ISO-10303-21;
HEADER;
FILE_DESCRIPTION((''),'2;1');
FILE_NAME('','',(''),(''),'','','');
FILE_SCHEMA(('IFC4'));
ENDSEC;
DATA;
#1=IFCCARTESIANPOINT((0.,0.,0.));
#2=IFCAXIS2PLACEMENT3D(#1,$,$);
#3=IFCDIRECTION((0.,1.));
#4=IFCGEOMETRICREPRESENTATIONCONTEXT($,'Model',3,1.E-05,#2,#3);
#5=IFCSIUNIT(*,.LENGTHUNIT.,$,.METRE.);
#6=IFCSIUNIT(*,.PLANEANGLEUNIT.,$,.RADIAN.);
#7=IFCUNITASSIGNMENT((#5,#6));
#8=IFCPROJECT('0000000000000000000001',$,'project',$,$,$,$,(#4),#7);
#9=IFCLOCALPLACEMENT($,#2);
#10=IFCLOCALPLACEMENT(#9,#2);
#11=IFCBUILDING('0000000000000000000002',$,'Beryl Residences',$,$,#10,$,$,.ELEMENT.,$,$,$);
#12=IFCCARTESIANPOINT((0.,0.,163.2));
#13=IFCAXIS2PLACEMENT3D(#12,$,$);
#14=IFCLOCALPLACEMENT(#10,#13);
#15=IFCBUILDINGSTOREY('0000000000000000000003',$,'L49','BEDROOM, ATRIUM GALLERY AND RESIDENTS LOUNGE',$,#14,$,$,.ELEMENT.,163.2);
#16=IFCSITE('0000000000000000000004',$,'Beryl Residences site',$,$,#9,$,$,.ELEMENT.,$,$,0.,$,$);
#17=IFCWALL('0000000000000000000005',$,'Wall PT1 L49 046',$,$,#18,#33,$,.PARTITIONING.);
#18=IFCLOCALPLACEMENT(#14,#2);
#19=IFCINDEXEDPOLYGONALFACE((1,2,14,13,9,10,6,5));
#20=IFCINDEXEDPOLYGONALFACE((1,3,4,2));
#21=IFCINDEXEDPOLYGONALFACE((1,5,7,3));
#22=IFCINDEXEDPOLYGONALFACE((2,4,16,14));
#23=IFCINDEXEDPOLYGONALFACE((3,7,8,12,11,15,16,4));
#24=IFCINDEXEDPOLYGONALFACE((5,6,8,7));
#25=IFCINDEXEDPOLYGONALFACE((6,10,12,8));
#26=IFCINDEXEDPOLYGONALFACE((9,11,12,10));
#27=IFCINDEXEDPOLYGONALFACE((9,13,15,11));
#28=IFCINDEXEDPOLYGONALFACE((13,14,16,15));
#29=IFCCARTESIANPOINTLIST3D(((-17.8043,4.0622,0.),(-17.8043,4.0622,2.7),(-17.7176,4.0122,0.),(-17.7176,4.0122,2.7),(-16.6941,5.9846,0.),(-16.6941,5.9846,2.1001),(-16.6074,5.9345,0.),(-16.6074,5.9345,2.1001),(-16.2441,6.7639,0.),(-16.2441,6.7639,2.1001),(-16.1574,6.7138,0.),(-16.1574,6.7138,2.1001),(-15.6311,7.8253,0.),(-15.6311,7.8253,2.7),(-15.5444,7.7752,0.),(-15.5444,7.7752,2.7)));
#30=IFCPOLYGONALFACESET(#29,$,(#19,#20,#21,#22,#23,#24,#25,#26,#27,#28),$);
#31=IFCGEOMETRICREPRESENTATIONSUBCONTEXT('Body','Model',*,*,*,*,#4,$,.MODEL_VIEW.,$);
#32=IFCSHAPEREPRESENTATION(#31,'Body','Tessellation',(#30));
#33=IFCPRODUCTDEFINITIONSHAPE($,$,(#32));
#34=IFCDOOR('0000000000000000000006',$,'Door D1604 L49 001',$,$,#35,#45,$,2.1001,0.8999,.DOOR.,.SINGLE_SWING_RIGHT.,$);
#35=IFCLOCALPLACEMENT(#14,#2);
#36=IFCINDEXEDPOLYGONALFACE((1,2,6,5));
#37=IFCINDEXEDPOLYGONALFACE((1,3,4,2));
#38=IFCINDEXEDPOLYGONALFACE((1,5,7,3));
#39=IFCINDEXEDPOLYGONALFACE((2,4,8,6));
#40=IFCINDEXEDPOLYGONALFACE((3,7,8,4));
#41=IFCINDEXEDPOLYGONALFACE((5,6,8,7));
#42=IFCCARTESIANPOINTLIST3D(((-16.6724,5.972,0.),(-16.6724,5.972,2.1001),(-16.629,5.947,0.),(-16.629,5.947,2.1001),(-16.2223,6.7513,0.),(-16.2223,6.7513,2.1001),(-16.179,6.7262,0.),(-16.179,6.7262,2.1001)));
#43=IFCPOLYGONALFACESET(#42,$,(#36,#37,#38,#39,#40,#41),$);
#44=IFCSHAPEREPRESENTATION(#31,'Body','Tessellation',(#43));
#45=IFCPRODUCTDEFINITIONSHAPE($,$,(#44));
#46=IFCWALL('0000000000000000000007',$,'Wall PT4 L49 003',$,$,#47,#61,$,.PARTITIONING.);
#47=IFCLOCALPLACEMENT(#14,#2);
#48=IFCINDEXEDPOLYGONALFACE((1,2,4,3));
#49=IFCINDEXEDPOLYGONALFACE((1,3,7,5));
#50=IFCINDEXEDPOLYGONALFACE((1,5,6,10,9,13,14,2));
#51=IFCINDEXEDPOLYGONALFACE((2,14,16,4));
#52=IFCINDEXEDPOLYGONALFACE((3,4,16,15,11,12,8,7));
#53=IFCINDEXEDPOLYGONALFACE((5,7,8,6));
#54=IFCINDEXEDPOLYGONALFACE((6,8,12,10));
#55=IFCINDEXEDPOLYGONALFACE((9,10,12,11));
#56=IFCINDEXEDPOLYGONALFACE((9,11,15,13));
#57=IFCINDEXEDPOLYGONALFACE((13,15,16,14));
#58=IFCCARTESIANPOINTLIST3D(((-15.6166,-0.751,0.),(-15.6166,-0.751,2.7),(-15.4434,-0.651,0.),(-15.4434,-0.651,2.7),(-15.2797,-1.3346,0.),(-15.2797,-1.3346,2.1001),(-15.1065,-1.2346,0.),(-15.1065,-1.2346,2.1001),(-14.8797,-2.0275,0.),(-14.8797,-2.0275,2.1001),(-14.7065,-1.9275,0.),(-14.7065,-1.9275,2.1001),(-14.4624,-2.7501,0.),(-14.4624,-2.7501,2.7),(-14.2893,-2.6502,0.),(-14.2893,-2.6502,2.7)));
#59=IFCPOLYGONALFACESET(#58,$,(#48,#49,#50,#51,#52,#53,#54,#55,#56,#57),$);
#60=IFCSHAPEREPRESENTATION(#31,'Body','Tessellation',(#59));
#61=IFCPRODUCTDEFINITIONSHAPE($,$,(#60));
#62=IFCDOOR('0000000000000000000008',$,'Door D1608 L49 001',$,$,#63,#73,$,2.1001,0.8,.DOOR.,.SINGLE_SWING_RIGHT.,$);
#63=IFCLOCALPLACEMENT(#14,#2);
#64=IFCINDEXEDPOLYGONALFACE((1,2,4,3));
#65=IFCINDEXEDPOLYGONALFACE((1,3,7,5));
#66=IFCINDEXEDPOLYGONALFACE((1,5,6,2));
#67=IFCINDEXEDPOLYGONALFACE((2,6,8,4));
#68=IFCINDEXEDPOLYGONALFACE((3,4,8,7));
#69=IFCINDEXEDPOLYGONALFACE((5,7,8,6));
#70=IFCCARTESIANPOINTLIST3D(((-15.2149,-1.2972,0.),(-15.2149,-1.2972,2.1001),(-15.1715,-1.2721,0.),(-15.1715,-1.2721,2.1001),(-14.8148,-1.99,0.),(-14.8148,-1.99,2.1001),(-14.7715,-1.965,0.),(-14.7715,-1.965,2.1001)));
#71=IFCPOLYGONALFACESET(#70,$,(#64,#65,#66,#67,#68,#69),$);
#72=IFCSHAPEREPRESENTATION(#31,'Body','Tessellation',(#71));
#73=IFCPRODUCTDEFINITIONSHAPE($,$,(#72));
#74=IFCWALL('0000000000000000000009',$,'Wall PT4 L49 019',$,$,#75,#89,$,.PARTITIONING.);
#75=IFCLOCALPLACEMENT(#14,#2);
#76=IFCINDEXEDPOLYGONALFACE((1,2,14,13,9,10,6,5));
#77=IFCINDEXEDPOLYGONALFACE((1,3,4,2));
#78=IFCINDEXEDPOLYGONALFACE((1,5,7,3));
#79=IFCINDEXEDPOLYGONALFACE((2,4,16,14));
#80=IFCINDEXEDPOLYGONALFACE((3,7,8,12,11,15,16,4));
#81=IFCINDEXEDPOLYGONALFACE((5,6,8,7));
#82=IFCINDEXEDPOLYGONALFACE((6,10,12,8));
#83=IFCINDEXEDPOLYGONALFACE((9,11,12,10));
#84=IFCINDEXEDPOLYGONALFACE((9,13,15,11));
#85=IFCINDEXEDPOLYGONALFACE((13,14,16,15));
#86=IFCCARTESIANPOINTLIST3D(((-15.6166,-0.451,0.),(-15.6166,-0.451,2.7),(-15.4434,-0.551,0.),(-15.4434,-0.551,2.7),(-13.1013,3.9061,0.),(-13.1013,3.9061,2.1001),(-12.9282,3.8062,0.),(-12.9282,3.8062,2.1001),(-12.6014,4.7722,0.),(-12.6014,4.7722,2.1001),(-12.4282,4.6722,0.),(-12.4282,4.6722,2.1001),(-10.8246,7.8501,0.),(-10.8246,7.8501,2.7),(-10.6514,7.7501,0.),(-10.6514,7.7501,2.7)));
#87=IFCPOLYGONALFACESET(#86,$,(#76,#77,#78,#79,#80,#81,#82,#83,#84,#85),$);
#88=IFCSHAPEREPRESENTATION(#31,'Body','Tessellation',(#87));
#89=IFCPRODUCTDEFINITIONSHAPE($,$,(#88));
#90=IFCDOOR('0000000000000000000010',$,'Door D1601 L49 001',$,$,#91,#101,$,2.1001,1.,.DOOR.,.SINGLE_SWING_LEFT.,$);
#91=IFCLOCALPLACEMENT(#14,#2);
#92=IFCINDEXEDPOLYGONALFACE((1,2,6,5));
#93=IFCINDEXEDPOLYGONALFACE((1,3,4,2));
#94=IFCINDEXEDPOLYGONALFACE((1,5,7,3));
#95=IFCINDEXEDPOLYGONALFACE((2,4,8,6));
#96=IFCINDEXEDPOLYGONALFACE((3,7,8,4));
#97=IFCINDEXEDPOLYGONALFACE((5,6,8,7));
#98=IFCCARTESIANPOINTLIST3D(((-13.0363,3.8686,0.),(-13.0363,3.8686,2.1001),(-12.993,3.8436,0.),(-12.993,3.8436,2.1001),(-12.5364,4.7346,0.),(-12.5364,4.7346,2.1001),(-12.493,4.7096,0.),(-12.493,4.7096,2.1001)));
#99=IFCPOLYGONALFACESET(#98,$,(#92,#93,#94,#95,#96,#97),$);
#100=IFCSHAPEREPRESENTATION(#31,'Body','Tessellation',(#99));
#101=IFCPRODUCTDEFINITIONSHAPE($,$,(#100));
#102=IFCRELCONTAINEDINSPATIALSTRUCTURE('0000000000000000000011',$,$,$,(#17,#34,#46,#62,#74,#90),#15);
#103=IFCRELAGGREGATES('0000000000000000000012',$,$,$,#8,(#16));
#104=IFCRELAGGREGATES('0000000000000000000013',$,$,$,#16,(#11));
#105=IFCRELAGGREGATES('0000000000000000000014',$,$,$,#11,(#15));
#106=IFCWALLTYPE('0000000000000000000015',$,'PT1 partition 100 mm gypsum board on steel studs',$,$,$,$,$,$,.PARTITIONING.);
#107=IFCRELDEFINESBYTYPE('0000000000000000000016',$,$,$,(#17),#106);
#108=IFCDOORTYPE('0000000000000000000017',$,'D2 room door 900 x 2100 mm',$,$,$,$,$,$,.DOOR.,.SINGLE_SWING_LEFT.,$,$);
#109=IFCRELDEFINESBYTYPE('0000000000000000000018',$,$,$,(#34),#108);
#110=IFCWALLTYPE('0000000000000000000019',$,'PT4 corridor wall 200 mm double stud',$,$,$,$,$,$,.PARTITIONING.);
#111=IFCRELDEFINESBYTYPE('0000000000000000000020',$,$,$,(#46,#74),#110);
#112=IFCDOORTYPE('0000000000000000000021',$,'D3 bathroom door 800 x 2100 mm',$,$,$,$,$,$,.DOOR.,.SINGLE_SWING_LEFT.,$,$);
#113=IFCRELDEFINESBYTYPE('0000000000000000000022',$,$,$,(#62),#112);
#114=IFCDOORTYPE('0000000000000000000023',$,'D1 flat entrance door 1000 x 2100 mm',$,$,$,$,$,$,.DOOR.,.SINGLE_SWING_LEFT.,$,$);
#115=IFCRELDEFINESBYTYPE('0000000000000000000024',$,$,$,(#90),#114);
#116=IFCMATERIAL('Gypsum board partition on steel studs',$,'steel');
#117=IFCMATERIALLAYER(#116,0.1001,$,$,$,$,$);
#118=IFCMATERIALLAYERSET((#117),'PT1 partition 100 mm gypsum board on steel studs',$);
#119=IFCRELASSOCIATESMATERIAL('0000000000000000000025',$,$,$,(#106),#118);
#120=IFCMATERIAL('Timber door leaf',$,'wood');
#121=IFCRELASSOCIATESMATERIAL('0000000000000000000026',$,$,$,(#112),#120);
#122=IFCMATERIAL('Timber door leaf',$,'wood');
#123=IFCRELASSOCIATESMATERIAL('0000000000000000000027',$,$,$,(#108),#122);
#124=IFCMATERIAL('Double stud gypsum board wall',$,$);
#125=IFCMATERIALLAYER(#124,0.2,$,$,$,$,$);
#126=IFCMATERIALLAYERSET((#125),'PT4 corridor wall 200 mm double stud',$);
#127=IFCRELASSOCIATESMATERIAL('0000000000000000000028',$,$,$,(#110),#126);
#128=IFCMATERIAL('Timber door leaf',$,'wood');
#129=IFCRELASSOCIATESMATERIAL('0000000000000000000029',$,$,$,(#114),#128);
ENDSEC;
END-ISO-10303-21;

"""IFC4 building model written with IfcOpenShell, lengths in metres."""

from ifc_helpers import new_model, si_unit, direction, frame, frame_2d, origin, place, context, subcontext, project, spatial, rectangle, extrude, material, layer, layer_set, type_object, element, fill, save


model = new_model("IFC4")

# Units and contexts
model_context = context("Model", 3, precision=1e-05, world=origin(), true_north=direction((0.0, 1.0)))
body_context = subcontext(model_context, "Body", "Model", "MODEL_VIEW")
ifc_project = project(units=[si_unit("LENGTHUNIT", "METRE"), si_unit("PLANEANGLEUNIT", "RADIAN")], contexts=[model_context])

# Site, building, storey
site_placement = place(None, origin())
site = spatial("IfcSite", under=ifc_project, at=site_placement, Name="Beryl Residences site", CompositionType="ELEMENT", RefElevation=0.0)
building_placement = place(site_placement, origin())
building = spatial("IfcBuilding", under=site, at=building_placement, Name="Beryl Residences", CompositionType="ELEMENT")
storey_placement = place(building_placement, frame((0.0, 0.0, 163.2)))
storey = spatial("IfcBuildingStorey", under=building, at=storey_placement, Name="L49", Description="BEDROOM, ATRIUM GALLERY AND RESIDENTS LOUNGE", CompositionType="ELEMENT", Elevation=163.2)

# Shared definitions
ifc_material_1 = material(Name="Gypsum board partition on steel studs", Category="steel")
ifc_layer_1 = layer(ifc_material_1, 0.1001)
ifc_layer_set_1 = layer_set([ifc_layer_1], Name="PT1 partition 100 mm gypsum board on steel studs")
wall_type_1 = type_object("IfcWallType", Name="PT1 partition 100 mm gypsum board on steel studs", PredefinedType="PARTITIONING", material=ifc_layer_set_1)
ifc_material_2 = material(Name="Timber door leaf", Category="wood")
door_type_1 = type_object("IfcDoorType", Name="D3 bathroom door 800 x 2100 mm", OperationType="SINGLE_SWING_LEFT", PredefinedType="DOOR", material=ifc_material_2)
ifc_material_3 = material(Name="Timber door leaf", Category="wood")
door_type_2 = type_object("IfcDoorType", Name="D2 room door 900 x 2100 mm", OperationType="SINGLE_SWING_LEFT", PredefinedType="DOOR", material=ifc_material_3)

# Walls, openings, doors
wall_1_placement = place(storey_placement, frame((-17.761, 4.0371, 0.0), z_axis=(0.0, 0.0, 1.0), x_axis=(0.500097, 0.865969, 0.0)))
wall_1 = element("IfcWall", 1, at=wall_1_placement, inside=storey, type_object=wall_type_1, Name="Wall PT1 L49 046", PredefinedType="PARTITIONING", context=body_context, shape_type="SweptSolid", body=[
    extrude(rectangle(XDim=4.3455, YDim=0.1001, at=frame_2d((2.1729, 0.0))), origin(), (0.0, 0.0, 1.0), 2.7),
])
opening_1_placement = place(wall_1_placement, frame((2.22, 0.0, 0.0)))
opening_1 = element("IfcOpeningElement", 2, at=opening_1_placement, cuts=wall_1, PredefinedType="OPENING", context=body_context, shape_type="SweptSolid", body=[
    extrude(rectangle(XDim=0.8999, YDim=2.1001, at=frame_2d((0.45, 1.05))), frame((0.0, 0.0601, 0.0), z_axis=(0.0, -1.0, 0.0), x_axis=(1.0, 0.0, 0.0)), (0.0, 0.0, 1.0), 0.1201),
])
door_1_placement = place(opening_1_placement, origin())
door_1 = element("IfcDoor", 3, at=door_1_placement, inside=storey, type_object=door_type_2, Name="Door D1604 L49 001", OperationType="SINGLE_SWING_RIGHT", OverallHeight=2.1001, OverallWidth=0.8999, PredefinedType="DOOR", context=body_context, shape_type="SweptSolid", body=[
    extrude(rectangle(XDim=0.8999, YDim=2.1001, at=frame_2d((0.45, 1.05))), frame((0.0, 0.0249, 0.0), z_axis=(0.0, -1.0, 0.0), x_axis=(1.0, 0.0, 0.0)), (0.0, 0.0, 1.0), 0.05),
])
fill(opening_1, door_1)
ifc_material_4 = material(Name="Double stud gypsum board wall")
ifc_layer_2 = layer(ifc_material_4, 0.2)
ifc_layer_set_2 = layer_set([ifc_layer_2], Name="PT4 corridor wall 200 mm double stud")
wall_type_2 = type_object("IfcWallType", Name="PT4 corridor wall 200 mm double stud", PredefinedType="PARTITIONING", material=ifc_layer_set_2)
wall_2_placement = place(storey_placement, frame((-15.53, -0.7009, 0.0), z_axis=(0.0, 0.0, 1.0), x_axis=(0.499973, -0.866041, 0.0)))
wall_2 = element("IfcWall", 4, at=wall_2_placement, inside=storey, type_object=wall_type_2, Name="Wall PT4 L49 003", PredefinedType="PARTITIONING", context=body_context, shape_type="SweptSolid", body=[
    extrude(rectangle(XDim=2.3083, YDim=0.2, at=frame_2d((1.1543, 0.0))), origin(), (0.0, 0.0, 1.0), 2.7),
])
opening_2_placement = place(wall_2_placement, frame((0.6741, 0.0, 0.0)))
opening_2 = element("IfcOpeningElement", 5, at=opening_2_placement, cuts=wall_2, PredefinedType="OPENING", context=body_context, shape_type="SweptSolid", body=[
    extrude(rectangle(XDim=0.8, YDim=2.1001, at=frame_2d((0.3999, 1.05))), frame((0.0, 0.1099, 0.0), z_axis=(0.0, -1.0, 0.0), x_axis=(1.0, 0.0, 0.0)), (0.0, 0.0, 1.0), 0.22),
])
door_2_placement = place(opening_2_placement, origin())
door_2 = element("IfcDoor", 6, at=door_2_placement, inside=storey, type_object=door_type_1, Name="Door D1608 L49 001", OperationType="SINGLE_SWING_RIGHT", OverallHeight=2.1001, OverallWidth=0.8, PredefinedType="DOOR", context=body_context, shape_type="SweptSolid", body=[
    extrude(rectangle(XDim=0.8, YDim=2.1001, at=frame_2d((0.3999, 1.05))), frame((0.0, 0.0249, 0.0), z_axis=(0.0, -1.0, 0.0), x_axis=(1.0, 0.0, 0.0)), (0.0, 0.0, 1.0), 0.05),
])
fill(opening_2, door_2)
wall_3_placement = place(storey_placement, frame((-15.53, -0.501, 0.0), z_axis=(0.0, 0.0, 1.0), x_axis=(0.499952, 0.866053, 0.0)))
wall_3 = element("IfcWall", 7, at=wall_3_placement, inside=storey, type_object=wall_type_2, Name="Wall PT4 L49 019", PredefinedType="PARTITIONING", context=body_context, shape_type="SweptSolid", body=[
    extrude(rectangle(XDim=9.585, YDim=0.2, at=frame_2d((4.7925, 0.0))), origin(), (0.0, 0.0, 1.0), 2.7),
])
opening_3_placement = place(wall_3_placement, frame((5.031, 0.0, 0.0)))
opening_3 = element("IfcOpeningElement", 8, at=opening_3_placement, cuts=wall_3, PredefinedType="OPENING", context=body_context, shape_type="SweptSolid", body=[
    extrude(rectangle(XDim=1.0, YDim=2.1001, at=frame_2d((0.5, 1.05))), frame((0.0, 0.1099, 0.0), z_axis=(0.0, -1.0, 0.0), x_axis=(1.0, 0.0, 0.0)), (0.0, 0.0, 1.0), 0.22),
])
ifc_material_5 = material(Name="Timber door leaf", Category="wood")
door_type_3 = type_object("IfcDoorType", Name="D1 flat entrance door 1000 x 2100 mm", OperationType="SINGLE_SWING_LEFT", PredefinedType="DOOR", material=ifc_material_5)
door_3_placement = place(opening_3_placement, origin())
door_3 = element("IfcDoor", 9, at=door_3_placement, inside=storey, type_object=door_type_3, Name="Door D1601 L49 001", OperationType="SINGLE_SWING_LEFT", OverallHeight=2.1001, OverallWidth=1.0, PredefinedType="DOOR", context=body_context, shape_type="SweptSolid", body=[
    extrude(rectangle(XDim=1.0, YDim=2.1001, at=frame_2d((0.5, 1.05))), frame((0.0, 0.0249, 0.0), z_axis=(0.0, -1.0, 0.0), x_axis=(1.0, 0.0, 0.0)), (0.0, 0.0, 1.0), 0.05),
])
fill(opening_3, door_3)

save(model, "model.ifc")
